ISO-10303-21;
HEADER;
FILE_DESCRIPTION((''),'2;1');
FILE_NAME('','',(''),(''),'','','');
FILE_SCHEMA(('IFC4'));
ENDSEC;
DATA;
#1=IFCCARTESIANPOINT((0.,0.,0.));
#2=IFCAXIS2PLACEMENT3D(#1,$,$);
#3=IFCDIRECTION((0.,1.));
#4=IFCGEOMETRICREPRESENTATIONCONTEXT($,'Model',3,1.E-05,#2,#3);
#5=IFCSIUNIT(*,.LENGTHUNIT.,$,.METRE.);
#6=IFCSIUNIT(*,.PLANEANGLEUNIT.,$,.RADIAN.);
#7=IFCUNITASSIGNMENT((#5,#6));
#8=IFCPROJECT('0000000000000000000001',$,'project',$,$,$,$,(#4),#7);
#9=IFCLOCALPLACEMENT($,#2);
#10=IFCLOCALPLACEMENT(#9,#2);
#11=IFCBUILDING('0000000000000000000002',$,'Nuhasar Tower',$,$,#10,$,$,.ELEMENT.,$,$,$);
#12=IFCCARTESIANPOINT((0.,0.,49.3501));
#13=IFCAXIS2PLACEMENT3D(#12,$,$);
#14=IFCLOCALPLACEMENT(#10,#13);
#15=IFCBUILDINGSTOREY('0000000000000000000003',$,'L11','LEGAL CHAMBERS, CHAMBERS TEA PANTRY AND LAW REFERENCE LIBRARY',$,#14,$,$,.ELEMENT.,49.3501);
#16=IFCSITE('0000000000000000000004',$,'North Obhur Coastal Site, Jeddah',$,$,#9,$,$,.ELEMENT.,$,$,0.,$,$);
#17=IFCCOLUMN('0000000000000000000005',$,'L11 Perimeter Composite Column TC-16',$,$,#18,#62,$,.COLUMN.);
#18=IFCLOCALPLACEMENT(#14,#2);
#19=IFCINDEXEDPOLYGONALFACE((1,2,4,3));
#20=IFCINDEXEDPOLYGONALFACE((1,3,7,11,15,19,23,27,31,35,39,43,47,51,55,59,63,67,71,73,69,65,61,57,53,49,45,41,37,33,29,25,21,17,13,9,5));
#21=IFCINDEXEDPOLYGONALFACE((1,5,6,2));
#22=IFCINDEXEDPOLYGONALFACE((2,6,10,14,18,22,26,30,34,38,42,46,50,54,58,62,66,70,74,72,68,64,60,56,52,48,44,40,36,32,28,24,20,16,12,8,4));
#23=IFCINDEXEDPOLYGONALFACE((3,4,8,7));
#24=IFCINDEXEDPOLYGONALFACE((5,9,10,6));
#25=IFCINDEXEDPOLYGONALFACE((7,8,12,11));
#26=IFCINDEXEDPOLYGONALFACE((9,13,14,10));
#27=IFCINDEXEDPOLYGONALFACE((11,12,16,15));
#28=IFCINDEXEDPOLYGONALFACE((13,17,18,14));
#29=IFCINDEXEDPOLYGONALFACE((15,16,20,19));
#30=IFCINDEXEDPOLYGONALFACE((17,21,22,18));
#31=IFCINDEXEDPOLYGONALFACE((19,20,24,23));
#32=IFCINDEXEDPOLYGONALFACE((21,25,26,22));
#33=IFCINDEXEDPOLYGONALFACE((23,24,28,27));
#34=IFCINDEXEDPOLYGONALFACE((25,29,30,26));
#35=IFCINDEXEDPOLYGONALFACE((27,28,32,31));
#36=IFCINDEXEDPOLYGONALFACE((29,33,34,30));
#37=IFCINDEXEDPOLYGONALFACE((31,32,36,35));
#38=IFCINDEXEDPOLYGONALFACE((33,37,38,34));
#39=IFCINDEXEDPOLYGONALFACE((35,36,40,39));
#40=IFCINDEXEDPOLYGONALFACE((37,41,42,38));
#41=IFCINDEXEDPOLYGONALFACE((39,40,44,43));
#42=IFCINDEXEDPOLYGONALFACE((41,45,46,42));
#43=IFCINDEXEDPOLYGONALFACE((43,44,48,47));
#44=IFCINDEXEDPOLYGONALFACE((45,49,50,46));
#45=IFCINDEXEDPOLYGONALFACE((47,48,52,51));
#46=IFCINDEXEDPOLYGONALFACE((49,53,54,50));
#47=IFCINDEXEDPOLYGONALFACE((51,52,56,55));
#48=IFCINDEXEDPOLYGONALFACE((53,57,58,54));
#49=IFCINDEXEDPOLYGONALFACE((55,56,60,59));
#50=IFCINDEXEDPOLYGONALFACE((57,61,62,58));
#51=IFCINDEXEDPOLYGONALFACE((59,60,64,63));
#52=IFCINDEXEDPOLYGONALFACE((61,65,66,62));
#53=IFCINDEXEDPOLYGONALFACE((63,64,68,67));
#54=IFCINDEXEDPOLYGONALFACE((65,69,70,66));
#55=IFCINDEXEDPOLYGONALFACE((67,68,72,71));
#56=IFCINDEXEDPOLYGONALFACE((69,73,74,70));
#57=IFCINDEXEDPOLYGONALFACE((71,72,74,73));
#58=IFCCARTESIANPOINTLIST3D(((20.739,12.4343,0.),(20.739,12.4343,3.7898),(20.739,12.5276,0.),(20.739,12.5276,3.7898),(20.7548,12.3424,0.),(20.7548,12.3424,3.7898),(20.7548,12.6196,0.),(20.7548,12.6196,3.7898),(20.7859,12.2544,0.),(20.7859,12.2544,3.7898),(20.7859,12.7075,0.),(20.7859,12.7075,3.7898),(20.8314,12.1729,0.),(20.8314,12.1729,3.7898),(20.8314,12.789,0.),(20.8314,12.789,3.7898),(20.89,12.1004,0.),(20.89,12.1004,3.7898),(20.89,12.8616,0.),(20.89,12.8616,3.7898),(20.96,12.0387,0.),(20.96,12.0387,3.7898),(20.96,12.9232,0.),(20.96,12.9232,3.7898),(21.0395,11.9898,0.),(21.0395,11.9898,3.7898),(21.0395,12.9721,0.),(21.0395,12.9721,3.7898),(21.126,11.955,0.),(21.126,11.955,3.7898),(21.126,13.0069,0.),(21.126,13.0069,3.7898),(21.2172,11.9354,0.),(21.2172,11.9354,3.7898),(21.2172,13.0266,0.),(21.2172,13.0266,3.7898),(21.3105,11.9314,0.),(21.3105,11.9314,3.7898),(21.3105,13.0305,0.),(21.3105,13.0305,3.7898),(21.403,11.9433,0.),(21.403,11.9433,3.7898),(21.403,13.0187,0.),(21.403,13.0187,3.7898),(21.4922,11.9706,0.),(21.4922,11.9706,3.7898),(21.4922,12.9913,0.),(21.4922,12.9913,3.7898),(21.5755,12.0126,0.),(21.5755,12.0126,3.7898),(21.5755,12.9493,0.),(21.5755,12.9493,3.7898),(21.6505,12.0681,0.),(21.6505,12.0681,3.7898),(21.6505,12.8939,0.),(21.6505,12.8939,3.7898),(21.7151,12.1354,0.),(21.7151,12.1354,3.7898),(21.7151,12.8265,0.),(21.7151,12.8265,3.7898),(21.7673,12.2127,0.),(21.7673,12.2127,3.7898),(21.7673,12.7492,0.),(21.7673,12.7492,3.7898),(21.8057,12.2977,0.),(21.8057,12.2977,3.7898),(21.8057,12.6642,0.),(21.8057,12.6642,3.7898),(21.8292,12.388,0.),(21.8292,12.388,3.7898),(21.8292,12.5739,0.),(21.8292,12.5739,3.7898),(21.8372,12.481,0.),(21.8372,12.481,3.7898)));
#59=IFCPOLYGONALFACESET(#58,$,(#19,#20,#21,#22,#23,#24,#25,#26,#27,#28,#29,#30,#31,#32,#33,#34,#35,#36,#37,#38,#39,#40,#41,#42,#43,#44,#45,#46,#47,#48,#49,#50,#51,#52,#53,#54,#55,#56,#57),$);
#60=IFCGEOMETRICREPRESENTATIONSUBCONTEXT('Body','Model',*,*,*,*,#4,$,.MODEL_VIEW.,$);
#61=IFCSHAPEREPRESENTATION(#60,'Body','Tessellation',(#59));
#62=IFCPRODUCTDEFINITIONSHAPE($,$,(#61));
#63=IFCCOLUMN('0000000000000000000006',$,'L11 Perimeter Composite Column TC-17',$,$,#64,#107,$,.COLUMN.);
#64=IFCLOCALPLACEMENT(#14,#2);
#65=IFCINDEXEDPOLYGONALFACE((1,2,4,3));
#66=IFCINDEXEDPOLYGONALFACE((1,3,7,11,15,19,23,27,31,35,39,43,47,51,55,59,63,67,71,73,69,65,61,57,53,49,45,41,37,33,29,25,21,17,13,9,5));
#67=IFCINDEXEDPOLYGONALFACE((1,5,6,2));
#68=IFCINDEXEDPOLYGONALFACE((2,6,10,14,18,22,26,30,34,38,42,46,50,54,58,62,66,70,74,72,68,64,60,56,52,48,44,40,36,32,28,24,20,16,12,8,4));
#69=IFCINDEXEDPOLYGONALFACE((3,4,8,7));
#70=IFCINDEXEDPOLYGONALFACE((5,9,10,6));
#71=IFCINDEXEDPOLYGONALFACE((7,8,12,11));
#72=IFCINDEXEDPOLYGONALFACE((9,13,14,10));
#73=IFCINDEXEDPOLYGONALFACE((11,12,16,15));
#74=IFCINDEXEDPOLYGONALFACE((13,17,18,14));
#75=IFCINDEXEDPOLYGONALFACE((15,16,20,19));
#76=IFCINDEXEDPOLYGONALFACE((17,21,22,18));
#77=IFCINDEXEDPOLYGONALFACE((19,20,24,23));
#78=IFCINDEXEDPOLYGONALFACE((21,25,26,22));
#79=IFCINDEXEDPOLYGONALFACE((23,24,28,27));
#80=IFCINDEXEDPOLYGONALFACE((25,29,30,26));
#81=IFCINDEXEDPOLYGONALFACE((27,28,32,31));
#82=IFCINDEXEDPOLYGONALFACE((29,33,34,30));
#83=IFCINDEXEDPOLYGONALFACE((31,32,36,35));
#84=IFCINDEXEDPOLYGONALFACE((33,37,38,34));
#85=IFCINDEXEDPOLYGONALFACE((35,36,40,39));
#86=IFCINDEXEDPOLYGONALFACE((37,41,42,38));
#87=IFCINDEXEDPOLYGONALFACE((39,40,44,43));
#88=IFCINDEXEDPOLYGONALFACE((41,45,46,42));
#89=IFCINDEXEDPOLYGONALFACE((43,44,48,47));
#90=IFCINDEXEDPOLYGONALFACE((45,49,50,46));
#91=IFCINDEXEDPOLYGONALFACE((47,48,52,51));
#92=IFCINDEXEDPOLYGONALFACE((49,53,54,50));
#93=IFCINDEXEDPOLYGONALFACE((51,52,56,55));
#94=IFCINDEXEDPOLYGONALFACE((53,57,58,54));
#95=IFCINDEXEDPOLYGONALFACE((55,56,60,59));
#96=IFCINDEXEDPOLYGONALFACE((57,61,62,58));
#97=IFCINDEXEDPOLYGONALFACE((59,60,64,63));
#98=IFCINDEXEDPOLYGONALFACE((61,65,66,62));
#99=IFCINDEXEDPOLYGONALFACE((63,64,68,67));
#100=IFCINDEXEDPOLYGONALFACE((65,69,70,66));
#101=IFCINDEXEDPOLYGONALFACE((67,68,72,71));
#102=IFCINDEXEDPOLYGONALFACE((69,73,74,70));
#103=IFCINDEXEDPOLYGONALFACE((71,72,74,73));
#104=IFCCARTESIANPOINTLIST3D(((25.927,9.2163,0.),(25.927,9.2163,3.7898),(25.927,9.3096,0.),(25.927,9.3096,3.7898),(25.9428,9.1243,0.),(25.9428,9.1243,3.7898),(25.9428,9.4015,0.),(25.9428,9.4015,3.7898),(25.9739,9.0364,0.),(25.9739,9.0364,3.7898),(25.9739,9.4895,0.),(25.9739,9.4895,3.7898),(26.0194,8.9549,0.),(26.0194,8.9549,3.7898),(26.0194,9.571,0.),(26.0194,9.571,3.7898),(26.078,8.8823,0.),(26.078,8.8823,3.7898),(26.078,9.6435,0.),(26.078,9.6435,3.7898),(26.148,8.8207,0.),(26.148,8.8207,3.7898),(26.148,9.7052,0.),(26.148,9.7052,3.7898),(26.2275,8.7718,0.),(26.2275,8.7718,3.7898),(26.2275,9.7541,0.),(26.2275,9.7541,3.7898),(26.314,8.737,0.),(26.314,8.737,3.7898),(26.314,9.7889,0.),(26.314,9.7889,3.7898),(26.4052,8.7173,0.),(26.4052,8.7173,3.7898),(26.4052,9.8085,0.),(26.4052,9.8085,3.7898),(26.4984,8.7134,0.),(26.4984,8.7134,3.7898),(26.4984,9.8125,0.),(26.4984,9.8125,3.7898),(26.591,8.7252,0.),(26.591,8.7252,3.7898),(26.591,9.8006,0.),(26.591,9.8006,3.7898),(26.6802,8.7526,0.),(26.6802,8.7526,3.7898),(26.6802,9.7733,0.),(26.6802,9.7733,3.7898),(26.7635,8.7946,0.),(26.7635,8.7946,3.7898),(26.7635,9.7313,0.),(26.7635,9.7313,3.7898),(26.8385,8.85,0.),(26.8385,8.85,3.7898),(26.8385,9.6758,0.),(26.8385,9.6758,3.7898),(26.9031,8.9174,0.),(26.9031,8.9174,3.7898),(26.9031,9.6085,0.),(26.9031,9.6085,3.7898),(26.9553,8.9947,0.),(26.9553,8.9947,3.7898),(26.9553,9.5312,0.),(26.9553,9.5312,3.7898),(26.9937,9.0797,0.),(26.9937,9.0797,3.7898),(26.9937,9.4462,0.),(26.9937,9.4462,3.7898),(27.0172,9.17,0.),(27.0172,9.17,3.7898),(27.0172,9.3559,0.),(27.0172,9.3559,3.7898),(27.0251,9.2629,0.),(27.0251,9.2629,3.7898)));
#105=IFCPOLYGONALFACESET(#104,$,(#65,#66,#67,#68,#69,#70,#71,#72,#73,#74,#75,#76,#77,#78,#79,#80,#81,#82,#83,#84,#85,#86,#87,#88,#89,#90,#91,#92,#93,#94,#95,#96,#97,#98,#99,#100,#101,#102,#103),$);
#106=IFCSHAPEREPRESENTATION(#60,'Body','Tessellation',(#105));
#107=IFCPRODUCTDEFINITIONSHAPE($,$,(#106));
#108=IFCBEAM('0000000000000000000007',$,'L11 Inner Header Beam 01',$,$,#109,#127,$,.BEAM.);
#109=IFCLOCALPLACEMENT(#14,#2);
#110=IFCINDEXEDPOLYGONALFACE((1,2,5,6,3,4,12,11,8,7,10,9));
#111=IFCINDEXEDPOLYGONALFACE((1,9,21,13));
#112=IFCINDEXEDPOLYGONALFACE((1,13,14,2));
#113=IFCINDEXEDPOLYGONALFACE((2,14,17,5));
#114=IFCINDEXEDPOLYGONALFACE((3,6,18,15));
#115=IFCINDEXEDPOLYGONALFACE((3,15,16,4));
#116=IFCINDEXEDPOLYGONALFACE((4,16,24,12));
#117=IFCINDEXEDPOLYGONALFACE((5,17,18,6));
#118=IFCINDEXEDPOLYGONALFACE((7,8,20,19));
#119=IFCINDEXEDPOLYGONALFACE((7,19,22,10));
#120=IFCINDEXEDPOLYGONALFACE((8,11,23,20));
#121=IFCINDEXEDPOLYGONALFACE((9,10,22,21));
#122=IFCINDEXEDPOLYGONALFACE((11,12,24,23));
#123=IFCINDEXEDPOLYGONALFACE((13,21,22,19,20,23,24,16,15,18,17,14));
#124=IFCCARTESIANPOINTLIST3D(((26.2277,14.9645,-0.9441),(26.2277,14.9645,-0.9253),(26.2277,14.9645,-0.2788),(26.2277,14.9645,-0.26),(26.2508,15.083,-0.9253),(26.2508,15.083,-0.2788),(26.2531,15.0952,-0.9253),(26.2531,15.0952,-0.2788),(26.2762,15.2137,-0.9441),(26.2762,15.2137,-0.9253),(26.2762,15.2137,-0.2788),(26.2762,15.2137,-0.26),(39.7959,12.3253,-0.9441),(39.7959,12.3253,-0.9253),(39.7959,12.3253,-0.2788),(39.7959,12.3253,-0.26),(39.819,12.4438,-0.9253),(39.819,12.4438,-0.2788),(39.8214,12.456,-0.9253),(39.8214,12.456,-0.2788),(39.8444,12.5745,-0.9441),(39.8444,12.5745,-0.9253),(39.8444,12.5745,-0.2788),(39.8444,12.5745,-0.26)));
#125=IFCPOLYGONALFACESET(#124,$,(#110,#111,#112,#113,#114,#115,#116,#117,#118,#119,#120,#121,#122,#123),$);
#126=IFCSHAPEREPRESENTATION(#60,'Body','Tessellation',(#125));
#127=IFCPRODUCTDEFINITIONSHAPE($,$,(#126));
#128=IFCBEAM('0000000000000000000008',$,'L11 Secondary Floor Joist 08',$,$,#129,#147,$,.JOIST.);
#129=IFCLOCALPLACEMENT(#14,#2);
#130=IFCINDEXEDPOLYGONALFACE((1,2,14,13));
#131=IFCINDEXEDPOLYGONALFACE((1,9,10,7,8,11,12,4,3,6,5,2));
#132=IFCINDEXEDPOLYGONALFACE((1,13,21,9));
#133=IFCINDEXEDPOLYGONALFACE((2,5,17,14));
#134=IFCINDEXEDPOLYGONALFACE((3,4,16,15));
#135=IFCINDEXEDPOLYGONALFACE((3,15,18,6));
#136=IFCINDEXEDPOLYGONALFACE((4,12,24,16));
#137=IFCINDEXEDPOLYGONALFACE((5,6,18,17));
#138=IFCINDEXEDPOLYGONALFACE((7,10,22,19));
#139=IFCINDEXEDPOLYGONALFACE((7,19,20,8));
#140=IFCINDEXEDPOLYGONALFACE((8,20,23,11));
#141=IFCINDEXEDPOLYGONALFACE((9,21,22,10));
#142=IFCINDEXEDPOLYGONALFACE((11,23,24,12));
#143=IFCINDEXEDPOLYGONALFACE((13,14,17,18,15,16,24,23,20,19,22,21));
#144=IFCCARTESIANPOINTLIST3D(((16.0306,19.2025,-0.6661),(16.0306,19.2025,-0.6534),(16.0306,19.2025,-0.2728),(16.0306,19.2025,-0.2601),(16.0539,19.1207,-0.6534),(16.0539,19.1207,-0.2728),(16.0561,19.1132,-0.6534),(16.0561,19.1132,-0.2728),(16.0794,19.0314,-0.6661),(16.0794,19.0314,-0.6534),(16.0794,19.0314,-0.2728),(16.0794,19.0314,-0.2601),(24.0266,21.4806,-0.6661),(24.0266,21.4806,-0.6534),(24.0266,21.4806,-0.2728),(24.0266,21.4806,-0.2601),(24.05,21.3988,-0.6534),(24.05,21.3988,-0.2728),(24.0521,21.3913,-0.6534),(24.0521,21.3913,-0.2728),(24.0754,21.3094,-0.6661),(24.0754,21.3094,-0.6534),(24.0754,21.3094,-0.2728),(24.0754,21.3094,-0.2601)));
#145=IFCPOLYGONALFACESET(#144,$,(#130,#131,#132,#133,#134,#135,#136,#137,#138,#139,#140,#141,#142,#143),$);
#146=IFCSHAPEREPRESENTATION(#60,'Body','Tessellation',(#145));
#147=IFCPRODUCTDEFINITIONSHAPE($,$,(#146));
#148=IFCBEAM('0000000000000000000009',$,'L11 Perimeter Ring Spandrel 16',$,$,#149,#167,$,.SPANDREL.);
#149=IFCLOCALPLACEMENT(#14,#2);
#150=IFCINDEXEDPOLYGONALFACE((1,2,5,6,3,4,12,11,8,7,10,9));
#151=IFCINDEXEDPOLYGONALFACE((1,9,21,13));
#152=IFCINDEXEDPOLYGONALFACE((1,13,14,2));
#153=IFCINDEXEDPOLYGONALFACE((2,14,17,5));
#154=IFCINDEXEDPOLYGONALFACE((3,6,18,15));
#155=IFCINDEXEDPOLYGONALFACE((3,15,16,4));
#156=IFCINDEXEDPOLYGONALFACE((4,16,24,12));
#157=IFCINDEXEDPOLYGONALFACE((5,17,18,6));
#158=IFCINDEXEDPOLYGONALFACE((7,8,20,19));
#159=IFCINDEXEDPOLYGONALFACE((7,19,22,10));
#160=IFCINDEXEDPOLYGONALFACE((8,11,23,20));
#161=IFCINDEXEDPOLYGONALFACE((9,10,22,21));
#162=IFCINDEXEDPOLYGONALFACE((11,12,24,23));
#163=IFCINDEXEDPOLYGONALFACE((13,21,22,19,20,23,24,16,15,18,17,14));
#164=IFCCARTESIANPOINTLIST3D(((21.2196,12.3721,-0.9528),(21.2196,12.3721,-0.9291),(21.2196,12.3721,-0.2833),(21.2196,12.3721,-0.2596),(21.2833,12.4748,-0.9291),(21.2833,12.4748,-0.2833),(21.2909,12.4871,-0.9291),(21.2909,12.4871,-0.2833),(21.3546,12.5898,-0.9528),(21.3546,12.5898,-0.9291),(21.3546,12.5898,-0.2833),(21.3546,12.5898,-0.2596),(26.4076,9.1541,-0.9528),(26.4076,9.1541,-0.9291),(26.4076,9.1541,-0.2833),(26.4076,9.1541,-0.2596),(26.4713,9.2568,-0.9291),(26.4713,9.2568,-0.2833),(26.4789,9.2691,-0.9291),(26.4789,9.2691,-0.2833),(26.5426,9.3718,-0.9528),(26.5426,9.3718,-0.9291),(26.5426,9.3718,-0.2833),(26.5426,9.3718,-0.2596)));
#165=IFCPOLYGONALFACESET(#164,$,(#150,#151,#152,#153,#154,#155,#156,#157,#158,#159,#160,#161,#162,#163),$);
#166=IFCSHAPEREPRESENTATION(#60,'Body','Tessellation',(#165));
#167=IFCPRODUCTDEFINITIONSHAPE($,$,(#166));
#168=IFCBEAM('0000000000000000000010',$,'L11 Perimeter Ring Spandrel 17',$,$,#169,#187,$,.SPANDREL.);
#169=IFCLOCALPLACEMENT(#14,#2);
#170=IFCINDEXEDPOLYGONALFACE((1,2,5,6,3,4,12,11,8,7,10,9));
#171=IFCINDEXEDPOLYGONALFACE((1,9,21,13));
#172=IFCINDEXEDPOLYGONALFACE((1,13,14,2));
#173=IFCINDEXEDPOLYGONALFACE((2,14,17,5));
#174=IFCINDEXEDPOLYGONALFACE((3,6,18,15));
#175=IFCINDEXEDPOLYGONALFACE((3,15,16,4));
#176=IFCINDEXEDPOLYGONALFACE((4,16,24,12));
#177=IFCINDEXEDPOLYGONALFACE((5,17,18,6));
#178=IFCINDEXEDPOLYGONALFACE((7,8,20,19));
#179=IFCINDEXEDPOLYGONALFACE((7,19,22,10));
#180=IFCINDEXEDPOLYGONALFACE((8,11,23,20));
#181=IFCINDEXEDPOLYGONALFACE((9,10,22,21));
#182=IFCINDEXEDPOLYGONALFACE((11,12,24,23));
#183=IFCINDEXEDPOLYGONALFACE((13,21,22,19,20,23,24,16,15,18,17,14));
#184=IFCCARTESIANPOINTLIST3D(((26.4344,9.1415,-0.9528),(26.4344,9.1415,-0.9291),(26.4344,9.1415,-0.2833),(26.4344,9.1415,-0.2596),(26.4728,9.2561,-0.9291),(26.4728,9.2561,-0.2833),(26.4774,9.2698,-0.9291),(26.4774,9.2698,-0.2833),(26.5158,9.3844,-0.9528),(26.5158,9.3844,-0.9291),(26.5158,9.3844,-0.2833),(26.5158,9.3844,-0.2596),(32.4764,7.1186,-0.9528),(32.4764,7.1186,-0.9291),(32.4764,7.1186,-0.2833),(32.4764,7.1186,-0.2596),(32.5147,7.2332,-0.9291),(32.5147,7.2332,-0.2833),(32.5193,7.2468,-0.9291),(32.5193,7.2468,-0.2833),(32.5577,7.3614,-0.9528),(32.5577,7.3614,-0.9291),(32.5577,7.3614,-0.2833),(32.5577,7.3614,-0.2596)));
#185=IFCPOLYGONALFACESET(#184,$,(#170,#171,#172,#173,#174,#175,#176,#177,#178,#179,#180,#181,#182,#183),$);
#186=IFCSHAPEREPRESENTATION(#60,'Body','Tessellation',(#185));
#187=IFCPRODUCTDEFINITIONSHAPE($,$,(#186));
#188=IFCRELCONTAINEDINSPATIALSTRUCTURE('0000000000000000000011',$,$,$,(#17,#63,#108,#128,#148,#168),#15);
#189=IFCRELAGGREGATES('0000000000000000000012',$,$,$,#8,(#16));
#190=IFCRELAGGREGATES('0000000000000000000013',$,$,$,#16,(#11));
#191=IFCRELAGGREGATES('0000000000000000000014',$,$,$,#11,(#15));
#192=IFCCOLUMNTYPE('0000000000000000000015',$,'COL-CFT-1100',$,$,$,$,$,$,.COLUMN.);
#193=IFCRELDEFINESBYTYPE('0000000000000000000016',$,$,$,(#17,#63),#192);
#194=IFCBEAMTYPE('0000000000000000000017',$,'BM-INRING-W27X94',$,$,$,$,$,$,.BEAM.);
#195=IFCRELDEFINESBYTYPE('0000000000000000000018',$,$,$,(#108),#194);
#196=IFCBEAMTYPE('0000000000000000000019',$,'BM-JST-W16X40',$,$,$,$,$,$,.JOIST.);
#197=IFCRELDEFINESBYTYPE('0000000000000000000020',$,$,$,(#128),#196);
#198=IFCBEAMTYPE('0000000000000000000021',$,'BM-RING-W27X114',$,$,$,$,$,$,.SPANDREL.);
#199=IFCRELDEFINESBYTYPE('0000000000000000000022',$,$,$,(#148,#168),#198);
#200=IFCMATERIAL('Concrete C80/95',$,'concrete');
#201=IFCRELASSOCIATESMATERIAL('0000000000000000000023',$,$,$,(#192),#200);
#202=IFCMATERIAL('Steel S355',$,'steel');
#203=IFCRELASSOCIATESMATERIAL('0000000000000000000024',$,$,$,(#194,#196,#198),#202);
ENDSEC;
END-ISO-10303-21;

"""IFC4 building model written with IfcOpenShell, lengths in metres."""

from ifc_helpers import new_model, si_unit, direction, frame, origin, origin_2d, place, context, subcontext, project, spatial, circle, i_section, extrude, material, material_profile, profile_set, type_object, element, save


model = new_model("IFC4")

# Units and contexts
model_context = context("Model", 3, precision=1e-05, world=origin(), true_north=direction((0.0, 1.0)))
body_context = subcontext(model_context, "Body", "Model", "MODEL_VIEW")
ifc_project = project(units=[si_unit("LENGTHUNIT", "METRE"), si_unit("PLANEANGLEUNIT", "RADIAN")], contexts=[model_context])

# Site, building, storey
site_placement = place(None, origin())
site = spatial("IfcSite", under=ifc_project, at=site_placement, Name="North Obhur Coastal Site, Jeddah", CompositionType="ELEMENT", RefElevation=0.0)
building_placement = place(site_placement, origin())
building = spatial("IfcBuilding", under=site, at=building_placement, Name="Nuhasar Tower", CompositionType="ELEMENT")
storey_placement = place(building_placement, frame((0.0, 0.0, 49.3501)))
storey = spatial("IfcBuildingStorey", under=building, at=storey_placement, Name="L11", Description="LEGAL CHAMBERS, CHAMBERS TEA PANTRY AND LAW REFERENCE LIBRARY", CompositionType="ELEMENT", Elevation=49.3501)

# Columns
ifc_material_1 = material(Name="Concrete C80/95", Category="concrete")
ifc_material_profile_1 = material_profile(ifc_material_1, circle(Radius=0.55, at=origin_2d()), Name="CFT1100")
ifc_profile_set_1 = profile_set([ifc_material_profile_1], Name="Concrete C80/95")
column_type = type_object("IfcColumnType", Name="COL-CFT-1100", PredefinedType="COLUMN", material=ifc_profile_set_1)
for number, where, z_axis, x_axis, name in (
    (1, (21.2871, 12.481, 0.0), (0.0, 0.0, 1.0), (1.0, 0.0, 0.0), "L11 Perimeter Composite Column TC-16"),
    (2, (26.4751, 9.2629, 0.0), (0.0, 0.0, 1.0), (1.0, 0.0, 0.0), "L11 Perimeter Composite Column TC-17"),
):
    element("IfcColumn", number, at=place(storey_placement, frame(where, z_axis=z_axis, x_axis=x_axis)), inside=storey, type_object=column_type, Name=name, PredefinedType="COLUMN", context=body_context, shape_type="SweptSolid", body=[
        extrude(circle(Radius=0.55, at=origin_2d()), origin(), (0.0, 0.0, 1.0), 3.7898),
    ])

# Beams
ifc_material_2 = material(Name="Steel S355", Category="steel")
ifc_material_profile_2 = material_profile(ifc_material_2, i_section(OverallWidth=0.2539, OverallDepth=0.6841, WebThickness=0.0125, FlangeThickness=0.0188, at=origin_2d()), Name="W27X94")
ifc_profile_set_2 = profile_set([ifc_material_profile_2], Name="Steel S355")
beam_type_1 = type_object("IfcBeamType", Name="BM-INRING-W27X94", PredefinedType="BEAM", material=ifc_profile_set_2)
beam_1_placement = place(storey_placement, frame((26.252, 15.0891, -0.6021), z_axis=(0.981603, -0.190933, 0.0), x_axis=(0.190933, 0.981603, 0.0)))
element("IfcBeam", 3, at=beam_1_placement, inside=storey, type_object=beam_type_1, Name="L11 Inner Header Beam 01", PredefinedType="BEAM", context=body_context, shape_type="SweptSolid", body=[
    extrude(i_section(OverallWidth=0.2539, OverallDepth=0.6841, WebThickness=0.0125, FlangeThickness=0.0188, at=origin_2d()), origin(), (0.0, 0.0, 1.0), 13.8225),
])
ifc_material_profile_3 = material_profile(ifc_material_2, i_section(OverallWidth=0.178, OverallDepth=0.406, WebThickness=0.0078, FlangeThickness=0.0127, at=origin_2d()), Name="W16X40")
ifc_profile_set_3 = profile_set([ifc_material_profile_3], Name="Steel S355")
beam_type_2 = type_object("IfcBeamType", Name="BM-JST-W16X40", PredefinedType="JOIST", material=ifc_profile_set_3)
beam_2_placement = place(storey_placement, frame((24.051, 21.395, -0.4631), z_axis=(-0.961731, -0.273996, 0.0), x_axis=(0.273996, -0.961731, 0.0)))
element("IfcBeam", 4, at=beam_2_placement, inside=storey, type_object=beam_type_2, Name="L11 Secondary Floor Joist 08", PredefinedType="JOIST", context=body_context, shape_type="SweptSolid", body=[
    extrude(i_section(OverallWidth=0.178, OverallDepth=0.406, WebThickness=0.0078, FlangeThickness=0.0127, at=origin_2d()), origin(), (0.0, 0.0, 1.0), 8.3142),
])
ifc_material_profile_4 = material_profile(ifc_material_2, i_section(OverallWidth=0.2561, OverallDepth=0.6931, WebThickness=0.0144, FlangeThickness=0.0237, at=origin_2d()), Name="W27X114")
ifc_profile_set_4 = profile_set([ifc_material_profile_4], Name="Steel S355")
beam_type_3 = type_object("IfcBeamType", Name="BM-RING-W27X114", PredefinedType="SPANDREL", material=ifc_profile_set_4)
beam_3_placement = place(storey_placement, frame((21.2871, 12.481, -0.6062), z_axis=(0.849795, -0.527113, 0.0), x_axis=(0.527113, 0.849795, 0.0)))
element("IfcBeam", 5, at=beam_3_placement, inside=storey, type_object=beam_type_3, Name="L11 Perimeter Ring Spandrel 16", PredefinedType="SPANDREL", context=body_context, shape_type="SweptSolid", body=[
    extrude(i_section(OverallWidth=0.2561, OverallDepth=0.6931, WebThickness=0.0144, FlangeThickness=0.0237, at=origin_2d()), origin(), (0.0, 0.0, 1.0), 6.105),
])
beam_4_placement = place(storey_placement, frame((26.4751, 9.2629, -0.6062), z_axis=(0.948261, -0.317492, 0.0), x_axis=(0.317492, 0.948261, 0.0)))
element("IfcBeam", 6, at=beam_4_placement, inside=storey, type_object=beam_type_3, Name="L11 Perimeter Ring Spandrel 17", PredefinedType="SPANDREL", context=body_context, shape_type="SweptSolid", body=[
    extrude(i_section(OverallWidth=0.2561, OverallDepth=0.6931, WebThickness=0.0144, FlangeThickness=0.0237, at=origin_2d()), origin(), (0.0, 0.0, 1.0), 6.3716),
])

save(model, "model.ifc")
